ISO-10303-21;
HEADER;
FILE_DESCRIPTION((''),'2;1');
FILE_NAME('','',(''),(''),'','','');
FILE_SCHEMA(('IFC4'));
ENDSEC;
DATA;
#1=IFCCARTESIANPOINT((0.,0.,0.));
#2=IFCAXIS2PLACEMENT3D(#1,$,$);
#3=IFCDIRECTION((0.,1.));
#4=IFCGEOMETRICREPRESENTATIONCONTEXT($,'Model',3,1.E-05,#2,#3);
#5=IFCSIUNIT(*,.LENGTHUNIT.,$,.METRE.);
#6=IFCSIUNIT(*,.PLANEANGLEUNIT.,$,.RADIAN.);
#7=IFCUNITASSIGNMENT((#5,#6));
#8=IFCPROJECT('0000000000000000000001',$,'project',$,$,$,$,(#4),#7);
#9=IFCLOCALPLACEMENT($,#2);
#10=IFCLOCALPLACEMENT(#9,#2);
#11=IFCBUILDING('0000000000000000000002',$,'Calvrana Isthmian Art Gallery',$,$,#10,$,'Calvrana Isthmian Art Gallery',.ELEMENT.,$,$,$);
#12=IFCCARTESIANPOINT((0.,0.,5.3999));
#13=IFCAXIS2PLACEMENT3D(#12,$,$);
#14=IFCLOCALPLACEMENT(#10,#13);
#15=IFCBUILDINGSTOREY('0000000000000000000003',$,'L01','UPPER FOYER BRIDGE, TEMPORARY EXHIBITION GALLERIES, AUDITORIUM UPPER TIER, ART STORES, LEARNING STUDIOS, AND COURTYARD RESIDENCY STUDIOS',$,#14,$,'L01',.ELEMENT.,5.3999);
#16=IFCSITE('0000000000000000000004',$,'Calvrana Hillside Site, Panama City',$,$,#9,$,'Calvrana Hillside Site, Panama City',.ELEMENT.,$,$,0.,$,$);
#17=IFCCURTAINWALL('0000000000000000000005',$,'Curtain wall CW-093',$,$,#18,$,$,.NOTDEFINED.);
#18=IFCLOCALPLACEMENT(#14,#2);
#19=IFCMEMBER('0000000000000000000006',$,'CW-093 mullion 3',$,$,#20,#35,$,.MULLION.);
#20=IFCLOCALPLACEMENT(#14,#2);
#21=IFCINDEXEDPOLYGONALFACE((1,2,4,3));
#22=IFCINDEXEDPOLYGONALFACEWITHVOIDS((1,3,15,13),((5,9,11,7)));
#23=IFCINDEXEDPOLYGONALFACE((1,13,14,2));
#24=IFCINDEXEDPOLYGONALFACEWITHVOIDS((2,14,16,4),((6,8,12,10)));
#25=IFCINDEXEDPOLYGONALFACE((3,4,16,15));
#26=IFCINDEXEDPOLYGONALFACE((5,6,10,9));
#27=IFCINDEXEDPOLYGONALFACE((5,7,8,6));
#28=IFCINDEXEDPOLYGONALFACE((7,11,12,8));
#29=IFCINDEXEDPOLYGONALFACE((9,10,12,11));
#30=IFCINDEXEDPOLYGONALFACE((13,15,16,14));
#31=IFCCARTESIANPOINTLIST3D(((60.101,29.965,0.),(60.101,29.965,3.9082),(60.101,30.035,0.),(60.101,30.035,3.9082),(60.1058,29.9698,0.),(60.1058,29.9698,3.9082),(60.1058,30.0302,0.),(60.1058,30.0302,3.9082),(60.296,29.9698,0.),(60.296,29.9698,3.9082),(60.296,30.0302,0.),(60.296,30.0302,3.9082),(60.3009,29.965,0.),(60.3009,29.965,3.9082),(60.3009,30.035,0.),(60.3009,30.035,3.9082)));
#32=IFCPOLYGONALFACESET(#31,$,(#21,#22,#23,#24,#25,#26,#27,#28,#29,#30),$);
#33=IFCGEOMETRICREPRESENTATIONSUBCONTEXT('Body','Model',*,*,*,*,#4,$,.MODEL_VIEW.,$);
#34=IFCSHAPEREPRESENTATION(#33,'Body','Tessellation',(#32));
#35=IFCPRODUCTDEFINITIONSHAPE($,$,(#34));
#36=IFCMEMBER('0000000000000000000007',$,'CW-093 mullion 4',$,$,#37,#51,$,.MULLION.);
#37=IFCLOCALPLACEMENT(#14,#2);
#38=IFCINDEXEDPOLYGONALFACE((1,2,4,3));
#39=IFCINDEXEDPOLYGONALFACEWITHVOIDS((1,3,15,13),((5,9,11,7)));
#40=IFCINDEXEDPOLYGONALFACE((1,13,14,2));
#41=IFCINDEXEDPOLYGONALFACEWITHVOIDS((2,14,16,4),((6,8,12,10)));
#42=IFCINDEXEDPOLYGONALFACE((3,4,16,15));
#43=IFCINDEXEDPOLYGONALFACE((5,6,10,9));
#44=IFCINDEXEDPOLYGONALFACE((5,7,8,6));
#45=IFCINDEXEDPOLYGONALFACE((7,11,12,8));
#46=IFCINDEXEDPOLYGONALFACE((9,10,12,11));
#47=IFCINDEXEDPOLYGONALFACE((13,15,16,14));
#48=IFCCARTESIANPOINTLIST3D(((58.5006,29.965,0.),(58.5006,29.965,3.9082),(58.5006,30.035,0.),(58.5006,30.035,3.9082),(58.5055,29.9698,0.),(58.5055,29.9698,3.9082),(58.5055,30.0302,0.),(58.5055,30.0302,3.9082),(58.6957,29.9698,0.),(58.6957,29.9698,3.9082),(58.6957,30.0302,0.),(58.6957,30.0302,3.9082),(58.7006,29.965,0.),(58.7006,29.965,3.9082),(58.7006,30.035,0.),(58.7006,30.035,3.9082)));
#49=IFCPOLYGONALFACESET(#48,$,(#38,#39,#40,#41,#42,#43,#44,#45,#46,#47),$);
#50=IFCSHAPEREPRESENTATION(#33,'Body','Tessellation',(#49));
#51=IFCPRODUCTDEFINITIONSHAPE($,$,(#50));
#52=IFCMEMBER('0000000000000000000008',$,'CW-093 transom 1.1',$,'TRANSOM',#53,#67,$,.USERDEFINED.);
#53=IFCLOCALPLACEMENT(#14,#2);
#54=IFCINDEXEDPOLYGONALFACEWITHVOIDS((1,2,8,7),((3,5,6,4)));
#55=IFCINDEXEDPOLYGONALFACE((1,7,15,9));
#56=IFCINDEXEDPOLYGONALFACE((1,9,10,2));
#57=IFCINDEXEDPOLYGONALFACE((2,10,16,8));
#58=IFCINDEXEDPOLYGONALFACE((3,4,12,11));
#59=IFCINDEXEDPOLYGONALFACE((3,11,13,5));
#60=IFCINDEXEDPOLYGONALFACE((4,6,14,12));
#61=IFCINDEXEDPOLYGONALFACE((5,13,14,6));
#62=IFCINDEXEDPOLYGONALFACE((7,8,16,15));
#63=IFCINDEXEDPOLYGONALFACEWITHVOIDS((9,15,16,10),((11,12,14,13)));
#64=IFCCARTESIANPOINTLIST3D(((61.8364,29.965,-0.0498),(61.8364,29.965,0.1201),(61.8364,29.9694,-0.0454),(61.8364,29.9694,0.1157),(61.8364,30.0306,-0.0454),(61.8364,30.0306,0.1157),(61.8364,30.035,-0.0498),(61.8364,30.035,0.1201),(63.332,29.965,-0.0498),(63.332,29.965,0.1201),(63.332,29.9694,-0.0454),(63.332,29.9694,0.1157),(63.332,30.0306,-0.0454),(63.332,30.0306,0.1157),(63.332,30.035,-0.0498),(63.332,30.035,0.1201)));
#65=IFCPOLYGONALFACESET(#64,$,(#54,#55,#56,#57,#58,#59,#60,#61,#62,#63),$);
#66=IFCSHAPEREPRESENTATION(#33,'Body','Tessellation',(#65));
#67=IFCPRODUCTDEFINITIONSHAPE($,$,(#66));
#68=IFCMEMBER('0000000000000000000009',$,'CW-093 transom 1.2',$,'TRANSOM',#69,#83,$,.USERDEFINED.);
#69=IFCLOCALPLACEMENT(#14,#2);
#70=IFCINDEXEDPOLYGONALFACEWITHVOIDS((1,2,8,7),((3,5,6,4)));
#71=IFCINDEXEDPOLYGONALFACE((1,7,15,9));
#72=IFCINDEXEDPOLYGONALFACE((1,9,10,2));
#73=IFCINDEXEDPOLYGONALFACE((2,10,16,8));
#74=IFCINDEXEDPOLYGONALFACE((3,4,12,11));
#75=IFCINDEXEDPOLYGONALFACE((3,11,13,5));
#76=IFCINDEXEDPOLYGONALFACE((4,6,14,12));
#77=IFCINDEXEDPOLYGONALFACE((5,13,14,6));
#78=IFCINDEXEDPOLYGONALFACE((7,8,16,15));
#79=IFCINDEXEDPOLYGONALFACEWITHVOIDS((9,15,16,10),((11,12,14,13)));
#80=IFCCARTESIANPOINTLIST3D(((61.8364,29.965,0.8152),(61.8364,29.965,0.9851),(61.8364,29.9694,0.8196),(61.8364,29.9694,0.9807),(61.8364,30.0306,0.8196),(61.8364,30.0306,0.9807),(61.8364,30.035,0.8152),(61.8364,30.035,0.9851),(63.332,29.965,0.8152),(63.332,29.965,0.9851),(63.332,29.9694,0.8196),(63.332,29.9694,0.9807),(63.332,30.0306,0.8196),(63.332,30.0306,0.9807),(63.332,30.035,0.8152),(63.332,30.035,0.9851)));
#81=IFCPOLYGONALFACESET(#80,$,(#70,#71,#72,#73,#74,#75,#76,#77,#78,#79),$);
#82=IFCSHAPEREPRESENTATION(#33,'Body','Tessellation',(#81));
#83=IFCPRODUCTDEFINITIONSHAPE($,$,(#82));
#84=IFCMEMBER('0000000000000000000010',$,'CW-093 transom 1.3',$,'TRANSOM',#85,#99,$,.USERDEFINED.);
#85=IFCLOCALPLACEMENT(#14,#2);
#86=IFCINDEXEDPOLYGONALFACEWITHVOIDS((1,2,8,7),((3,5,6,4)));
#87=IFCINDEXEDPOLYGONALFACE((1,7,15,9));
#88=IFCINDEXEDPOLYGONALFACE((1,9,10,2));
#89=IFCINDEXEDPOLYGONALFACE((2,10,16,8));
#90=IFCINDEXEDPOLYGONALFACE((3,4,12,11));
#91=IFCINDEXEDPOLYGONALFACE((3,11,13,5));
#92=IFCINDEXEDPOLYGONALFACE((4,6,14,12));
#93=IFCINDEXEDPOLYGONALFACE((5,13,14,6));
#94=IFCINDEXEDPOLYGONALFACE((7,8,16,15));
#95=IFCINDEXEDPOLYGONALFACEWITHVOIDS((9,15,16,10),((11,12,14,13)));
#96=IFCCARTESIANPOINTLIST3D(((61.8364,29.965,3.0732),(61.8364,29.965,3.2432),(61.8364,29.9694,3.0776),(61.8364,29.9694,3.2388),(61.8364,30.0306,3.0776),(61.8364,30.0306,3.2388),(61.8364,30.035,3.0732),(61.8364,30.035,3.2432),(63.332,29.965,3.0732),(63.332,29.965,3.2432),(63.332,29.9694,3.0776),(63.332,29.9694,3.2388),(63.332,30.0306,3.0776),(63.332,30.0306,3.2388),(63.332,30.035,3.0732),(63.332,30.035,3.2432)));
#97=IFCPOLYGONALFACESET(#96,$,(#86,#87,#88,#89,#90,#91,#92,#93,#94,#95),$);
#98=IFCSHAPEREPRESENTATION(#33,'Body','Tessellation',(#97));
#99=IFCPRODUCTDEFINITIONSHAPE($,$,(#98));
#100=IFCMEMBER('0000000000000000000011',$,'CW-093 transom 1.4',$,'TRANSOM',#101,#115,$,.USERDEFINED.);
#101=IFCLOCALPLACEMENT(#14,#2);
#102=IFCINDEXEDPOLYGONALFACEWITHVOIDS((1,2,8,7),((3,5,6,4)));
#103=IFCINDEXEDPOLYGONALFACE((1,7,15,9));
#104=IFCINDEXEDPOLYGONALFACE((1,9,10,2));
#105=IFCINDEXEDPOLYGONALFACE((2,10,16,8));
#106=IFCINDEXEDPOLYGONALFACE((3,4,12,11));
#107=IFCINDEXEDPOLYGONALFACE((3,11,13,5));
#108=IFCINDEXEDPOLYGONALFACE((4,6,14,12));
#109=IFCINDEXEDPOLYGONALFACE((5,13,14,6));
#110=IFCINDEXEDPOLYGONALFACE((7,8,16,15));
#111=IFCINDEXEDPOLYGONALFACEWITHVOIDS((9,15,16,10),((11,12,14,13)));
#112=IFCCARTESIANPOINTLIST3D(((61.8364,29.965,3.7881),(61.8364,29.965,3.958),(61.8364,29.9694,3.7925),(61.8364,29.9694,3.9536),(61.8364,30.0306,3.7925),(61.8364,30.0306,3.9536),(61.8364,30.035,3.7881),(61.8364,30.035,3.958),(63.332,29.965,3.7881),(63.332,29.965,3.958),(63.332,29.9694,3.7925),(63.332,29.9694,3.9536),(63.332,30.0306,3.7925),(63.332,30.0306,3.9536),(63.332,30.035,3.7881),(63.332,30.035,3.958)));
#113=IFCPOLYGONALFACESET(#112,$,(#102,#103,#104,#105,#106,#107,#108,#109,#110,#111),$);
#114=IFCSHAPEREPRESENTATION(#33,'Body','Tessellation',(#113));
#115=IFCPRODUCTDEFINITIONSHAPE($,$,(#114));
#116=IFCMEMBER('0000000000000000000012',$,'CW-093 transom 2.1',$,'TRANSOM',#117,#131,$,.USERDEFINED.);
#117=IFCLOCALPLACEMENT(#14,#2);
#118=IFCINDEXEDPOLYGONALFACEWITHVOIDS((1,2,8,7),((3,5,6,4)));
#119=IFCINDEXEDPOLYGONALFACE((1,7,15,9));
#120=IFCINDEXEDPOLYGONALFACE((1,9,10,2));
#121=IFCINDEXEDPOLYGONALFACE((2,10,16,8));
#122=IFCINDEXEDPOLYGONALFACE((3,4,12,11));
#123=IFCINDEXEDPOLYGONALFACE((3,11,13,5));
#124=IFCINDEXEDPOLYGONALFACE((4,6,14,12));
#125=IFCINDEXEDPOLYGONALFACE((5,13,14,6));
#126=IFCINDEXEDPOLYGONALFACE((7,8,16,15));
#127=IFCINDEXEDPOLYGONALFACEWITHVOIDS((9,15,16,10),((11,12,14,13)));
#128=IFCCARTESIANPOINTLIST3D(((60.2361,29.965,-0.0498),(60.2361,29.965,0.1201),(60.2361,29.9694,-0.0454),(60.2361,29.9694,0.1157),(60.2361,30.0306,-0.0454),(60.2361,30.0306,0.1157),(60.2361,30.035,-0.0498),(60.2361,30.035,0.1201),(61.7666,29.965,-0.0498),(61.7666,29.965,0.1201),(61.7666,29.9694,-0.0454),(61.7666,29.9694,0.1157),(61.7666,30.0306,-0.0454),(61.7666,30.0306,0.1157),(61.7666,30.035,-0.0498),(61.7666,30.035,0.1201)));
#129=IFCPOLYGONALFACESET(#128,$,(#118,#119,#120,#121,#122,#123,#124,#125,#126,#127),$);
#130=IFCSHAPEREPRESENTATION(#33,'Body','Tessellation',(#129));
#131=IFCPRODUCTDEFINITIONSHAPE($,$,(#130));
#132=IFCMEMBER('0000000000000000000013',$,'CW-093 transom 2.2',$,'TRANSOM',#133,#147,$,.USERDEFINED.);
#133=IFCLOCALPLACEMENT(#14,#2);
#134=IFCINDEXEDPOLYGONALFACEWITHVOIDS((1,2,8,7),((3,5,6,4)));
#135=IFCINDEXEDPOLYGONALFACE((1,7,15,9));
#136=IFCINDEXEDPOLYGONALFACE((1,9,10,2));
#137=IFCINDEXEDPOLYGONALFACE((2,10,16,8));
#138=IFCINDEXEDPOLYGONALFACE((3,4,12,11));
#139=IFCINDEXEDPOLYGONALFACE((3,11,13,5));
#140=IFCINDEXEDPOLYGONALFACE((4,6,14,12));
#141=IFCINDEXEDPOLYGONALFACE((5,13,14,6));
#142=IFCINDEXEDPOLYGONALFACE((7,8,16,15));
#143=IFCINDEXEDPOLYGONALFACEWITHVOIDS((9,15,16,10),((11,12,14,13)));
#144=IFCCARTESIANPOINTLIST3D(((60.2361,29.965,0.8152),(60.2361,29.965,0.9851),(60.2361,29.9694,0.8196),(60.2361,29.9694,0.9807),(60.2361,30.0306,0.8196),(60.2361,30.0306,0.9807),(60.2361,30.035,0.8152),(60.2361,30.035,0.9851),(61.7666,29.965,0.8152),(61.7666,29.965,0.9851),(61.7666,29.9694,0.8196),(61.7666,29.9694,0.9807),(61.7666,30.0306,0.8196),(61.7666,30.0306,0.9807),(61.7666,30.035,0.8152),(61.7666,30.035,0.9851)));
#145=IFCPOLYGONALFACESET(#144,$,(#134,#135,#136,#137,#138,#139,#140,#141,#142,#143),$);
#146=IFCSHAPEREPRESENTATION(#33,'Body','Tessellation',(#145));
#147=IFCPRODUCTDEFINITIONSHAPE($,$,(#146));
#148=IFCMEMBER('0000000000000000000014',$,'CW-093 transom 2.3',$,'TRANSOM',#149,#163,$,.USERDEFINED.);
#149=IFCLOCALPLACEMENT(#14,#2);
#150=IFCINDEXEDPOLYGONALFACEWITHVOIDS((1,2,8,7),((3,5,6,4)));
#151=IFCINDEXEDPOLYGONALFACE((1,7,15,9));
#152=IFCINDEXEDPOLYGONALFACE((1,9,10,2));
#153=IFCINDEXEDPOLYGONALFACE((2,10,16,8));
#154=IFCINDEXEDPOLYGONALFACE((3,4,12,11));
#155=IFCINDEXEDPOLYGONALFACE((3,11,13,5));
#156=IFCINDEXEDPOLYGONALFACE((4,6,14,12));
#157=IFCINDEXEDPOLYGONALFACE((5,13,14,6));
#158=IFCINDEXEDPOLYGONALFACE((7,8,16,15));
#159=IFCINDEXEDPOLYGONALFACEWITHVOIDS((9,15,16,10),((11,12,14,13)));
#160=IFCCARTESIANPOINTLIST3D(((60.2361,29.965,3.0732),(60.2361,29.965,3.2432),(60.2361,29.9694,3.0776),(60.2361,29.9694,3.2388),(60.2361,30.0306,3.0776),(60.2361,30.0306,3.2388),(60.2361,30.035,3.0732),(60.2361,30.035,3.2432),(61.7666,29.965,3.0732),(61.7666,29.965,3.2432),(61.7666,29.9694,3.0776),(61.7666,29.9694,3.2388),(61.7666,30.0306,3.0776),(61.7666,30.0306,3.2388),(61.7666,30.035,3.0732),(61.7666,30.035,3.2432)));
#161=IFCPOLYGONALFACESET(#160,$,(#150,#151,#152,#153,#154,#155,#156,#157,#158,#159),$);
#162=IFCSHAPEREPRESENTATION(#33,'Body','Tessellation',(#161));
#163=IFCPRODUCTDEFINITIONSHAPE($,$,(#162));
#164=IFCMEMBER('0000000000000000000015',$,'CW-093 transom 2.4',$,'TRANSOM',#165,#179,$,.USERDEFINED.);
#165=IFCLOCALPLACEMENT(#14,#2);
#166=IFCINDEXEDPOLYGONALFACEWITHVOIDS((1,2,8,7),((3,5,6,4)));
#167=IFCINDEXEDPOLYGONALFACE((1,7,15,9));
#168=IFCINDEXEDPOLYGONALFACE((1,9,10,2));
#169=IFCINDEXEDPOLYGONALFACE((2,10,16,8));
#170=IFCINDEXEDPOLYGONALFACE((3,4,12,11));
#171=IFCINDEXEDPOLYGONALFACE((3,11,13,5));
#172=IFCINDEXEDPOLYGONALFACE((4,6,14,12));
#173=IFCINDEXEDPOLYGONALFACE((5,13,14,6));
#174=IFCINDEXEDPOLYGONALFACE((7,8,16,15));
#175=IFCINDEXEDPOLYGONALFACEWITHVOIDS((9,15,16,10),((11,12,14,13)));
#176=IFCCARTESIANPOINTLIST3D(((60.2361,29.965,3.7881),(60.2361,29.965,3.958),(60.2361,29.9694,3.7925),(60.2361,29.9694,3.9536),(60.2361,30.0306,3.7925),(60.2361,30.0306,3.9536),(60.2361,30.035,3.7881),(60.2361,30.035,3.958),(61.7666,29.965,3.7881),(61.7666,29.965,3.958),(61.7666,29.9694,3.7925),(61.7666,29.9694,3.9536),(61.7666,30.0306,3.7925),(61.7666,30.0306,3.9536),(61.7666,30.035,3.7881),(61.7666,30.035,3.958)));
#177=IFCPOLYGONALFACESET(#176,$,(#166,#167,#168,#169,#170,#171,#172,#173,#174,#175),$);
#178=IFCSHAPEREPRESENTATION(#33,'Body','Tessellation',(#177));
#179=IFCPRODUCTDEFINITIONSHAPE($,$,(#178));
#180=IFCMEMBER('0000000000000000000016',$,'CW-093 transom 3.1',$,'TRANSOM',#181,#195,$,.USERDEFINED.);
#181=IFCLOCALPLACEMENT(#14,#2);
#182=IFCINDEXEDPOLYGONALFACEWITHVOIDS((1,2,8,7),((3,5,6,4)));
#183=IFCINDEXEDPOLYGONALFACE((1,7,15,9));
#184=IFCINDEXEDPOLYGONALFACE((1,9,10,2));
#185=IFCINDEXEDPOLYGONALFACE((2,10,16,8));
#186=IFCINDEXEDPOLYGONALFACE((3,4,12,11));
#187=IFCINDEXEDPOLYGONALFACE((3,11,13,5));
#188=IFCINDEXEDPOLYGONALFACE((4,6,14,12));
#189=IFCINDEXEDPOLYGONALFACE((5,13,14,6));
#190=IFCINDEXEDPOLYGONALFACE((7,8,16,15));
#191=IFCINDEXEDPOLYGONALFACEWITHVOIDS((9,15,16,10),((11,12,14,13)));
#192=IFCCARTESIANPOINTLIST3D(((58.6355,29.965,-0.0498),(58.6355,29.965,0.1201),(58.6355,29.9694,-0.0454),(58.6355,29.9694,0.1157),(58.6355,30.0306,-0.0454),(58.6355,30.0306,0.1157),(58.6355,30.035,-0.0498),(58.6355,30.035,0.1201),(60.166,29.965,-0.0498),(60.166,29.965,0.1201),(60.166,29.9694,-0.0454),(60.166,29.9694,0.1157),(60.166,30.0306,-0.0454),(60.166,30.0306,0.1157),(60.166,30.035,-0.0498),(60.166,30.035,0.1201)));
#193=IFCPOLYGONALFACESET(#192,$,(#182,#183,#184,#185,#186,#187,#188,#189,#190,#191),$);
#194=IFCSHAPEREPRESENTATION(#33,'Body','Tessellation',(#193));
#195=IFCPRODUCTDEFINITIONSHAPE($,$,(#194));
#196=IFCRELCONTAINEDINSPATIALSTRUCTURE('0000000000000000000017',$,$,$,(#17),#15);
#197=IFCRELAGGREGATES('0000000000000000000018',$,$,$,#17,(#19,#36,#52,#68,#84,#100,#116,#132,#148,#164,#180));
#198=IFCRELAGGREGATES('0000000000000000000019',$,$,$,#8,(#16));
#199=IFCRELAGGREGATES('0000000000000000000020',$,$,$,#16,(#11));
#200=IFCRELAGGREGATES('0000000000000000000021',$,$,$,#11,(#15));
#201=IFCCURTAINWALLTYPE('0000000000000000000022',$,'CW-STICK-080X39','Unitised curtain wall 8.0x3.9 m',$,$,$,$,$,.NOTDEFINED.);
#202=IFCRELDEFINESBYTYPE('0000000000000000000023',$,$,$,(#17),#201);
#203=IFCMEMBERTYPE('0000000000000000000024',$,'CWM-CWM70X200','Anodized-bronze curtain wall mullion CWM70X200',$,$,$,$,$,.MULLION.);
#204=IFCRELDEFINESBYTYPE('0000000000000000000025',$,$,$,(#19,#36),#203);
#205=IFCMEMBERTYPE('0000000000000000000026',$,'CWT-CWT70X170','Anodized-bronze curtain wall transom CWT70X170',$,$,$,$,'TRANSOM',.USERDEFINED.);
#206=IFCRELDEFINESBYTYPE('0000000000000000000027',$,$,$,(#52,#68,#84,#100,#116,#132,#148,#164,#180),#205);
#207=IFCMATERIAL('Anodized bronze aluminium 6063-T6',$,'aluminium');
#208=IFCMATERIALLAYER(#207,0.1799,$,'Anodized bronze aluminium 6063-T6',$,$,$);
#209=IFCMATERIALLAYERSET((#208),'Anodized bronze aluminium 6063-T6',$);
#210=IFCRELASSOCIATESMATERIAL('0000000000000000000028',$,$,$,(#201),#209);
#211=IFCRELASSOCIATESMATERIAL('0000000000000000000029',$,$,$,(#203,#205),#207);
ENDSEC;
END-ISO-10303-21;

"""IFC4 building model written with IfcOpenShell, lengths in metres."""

from ifc_helpers import new_model, si_unit, direction, frame, origin, origin_2d, place, context, subcontext, project, spatial, hollow_rectangle, extrude, material, layer, layer_set, material_profile, profile_set, type_object, element, aggregate, save


model = new_model("IFC4")

# Units and contexts
model_context = context("Model", 3, precision=1e-05, world=origin(), true_north=direction((0.0, 1.0)))
body_context = subcontext(model_context, "Body", "Model", "MODEL_VIEW")
ifc_project = project(units=[si_unit("LENGTHUNIT", "METRE"), si_unit("PLANEANGLEUNIT", "RADIAN")], contexts=[model_context])

# Site, building, storey
site_placement = place(None, origin())
site = spatial("IfcSite", under=ifc_project, at=site_placement, Name="Calvrana Hillside Site, Panama City", LongName="Calvrana Hillside Site, Panama City", CompositionType="ELEMENT", RefElevation=0.0)
building_placement = place(site_placement, origin())
building = spatial("IfcBuilding", under=site, at=building_placement, Name="Calvrana Isthmian Art Gallery", LongName="Calvrana Isthmian Art Gallery", CompositionType="ELEMENT")
storey_placement = place(building_placement, frame((0.0, 0.0, 5.3999)))
storey = spatial("IfcBuildingStorey", under=building, at=storey_placement, Name="L01", Description="UPPER FOYER BRIDGE, TEMPORARY EXHIBITION GALLERIES, AUDITORIUM UPPER TIER, ART STORES, LEARNING STUDIOS, AND COURTYARD RESIDENCY STUDIOS", LongName="L01", CompositionType="ELEMENT", Elevation=5.3999)

# Curtain wall, members
ifc_material_1 = material(Name="Anodized bronze aluminium 6063-T6", Category="aluminium")
ifc_layer_1 = layer(ifc_material_1, 0.1799, Name="Anodized bronze aluminium 6063-T6")
ifc_layer_set_1 = layer_set([ifc_layer_1], Name="Anodized bronze aluminium 6063-T6")
curtain_wall_type = type_object("IfcCurtainWallType", Name="CW-STICK-080X39", Description="Unitised curtain wall 8.0x3.9 m", PredefinedType="NOTDEFINED", material=ifc_layer_set_1)
curtain_wall_placement = place(storey_placement, origin())
curtain_wall = element("IfcCurtainWall", 1, at=curtain_wall_placement, inside=storey, type_object=curtain_wall_type, Name="Curtain wall CW-093", PredefinedType="NOTDEFINED")
ifc_material_profile_1 = material_profile(ifc_material_1, hollow_rectangle(XDim=0.0701, YDim=0.2, WallThickness=0.0049, at=origin_2d()), Name="CWM70X200")
ifc_profile_set_1 = profile_set([ifc_material_profile_1], Name="Anodized bronze aluminium 6063-T6")
member_type_1 = type_object("IfcMemberType", Name="CWM-CWM70X200", Description="Anodized-bronze curtain wall mullion CWM70X200", PredefinedType="MULLION", material=ifc_profile_set_1)
member_1_placement = place(storey_placement, frame((60.2009, 30.0, 0.0), z_axis=(0.0, 0.0, 1.0), x_axis=(0.0, -1.0, 0.0)))
member_1 = element("IfcMember", 2, at=member_1_placement, type_object=member_type_1, Name="CW-093 mullion 3", PredefinedType="MULLION", context=body_context, shape_type="SweptSolid", body=[
    extrude(hollow_rectangle(XDim=0.0701, YDim=0.2, WallThickness=0.0049, at=origin_2d()), origin(), (0.0, 0.0, 1.0), 3.9082),
])
member_2_placement = place(storey_placement, frame((58.6006, 30.0, 0.0), z_axis=(0.0, 0.0, 1.0), x_axis=(0.0, -1.0, 0.0)))
member_2 = element("IfcMember", 3, at=member_2_placement, type_object=member_type_1, Name="CW-093 mullion 4", PredefinedType="MULLION", context=body_context, shape_type="SweptSolid", body=[
    extrude(hollow_rectangle(XDim=0.0701, YDim=0.2, WallThickness=0.0049, at=origin_2d()), origin(), (0.0, 0.0, 1.0), 3.9082),
])
ifc_material_profile_2 = material_profile(ifc_material_1, hollow_rectangle(XDim=0.0701, YDim=0.1699, WallThickness=0.0044, at=origin_2d()), Name="CWT70X170")
ifc_profile_set_2 = profile_set([ifc_material_profile_2], Name="Anodized bronze aluminium 6063-T6")
member_type_2 = type_object("IfcMemberType", Name="CWT-CWT70X170", Description="Anodized-bronze curtain wall transom CWT70X170", ElementType="TRANSOM", PredefinedType="USERDEFINED", material=ifc_profile_set_2)
member_3_placement = place(storey_placement, frame((63.332, 30.0, 0.0352), z_axis=(-1.0, 0.0, 0.0), x_axis=(0.0, -1.0, 0.0)))
member_3 = element("IfcMember", 4, at=member_3_placement, type_object=member_type_2, Name="CW-093 transom 1.1", ObjectType="TRANSOM", PredefinedType="USERDEFINED", context=body_context, shape_type="SweptSolid", body=[
    extrude(hollow_rectangle(XDim=0.0701, YDim=0.1699, WallThickness=0.0044, at=origin_2d()), origin(), (0.0, 0.0, 1.0), 1.4956),
])
member_4_placement = place(storey_placement, frame((63.332, 30.0, 0.9001), z_axis=(-1.0, 0.0, 0.0), x_axis=(0.0, -1.0, 0.0)))
member_4 = element("IfcMember", 5, at=member_4_placement, type_object=member_type_2, Name="CW-093 transom 1.2", ObjectType="TRANSOM", PredefinedType="USERDEFINED", context=body_context, shape_type="SweptSolid", body=[
    extrude(hollow_rectangle(XDim=0.0701, YDim=0.1699, WallThickness=0.0044, at=origin_2d()), origin(), (0.0, 0.0, 1.0), 1.4956),
])
member_5_placement = place(storey_placement, frame((63.332, 30.0, 3.1582), z_axis=(-1.0, 0.0, 0.0), x_axis=(0.0, -1.0, 0.0)))
member_5 = element("IfcMember", 6, at=member_5_placement, type_object=member_type_2, Name="CW-093 transom 1.3", ObjectType="TRANSOM", PredefinedType="USERDEFINED", context=body_context, shape_type="SweptSolid", body=[
    extrude(hollow_rectangle(XDim=0.0701, YDim=0.1699, WallThickness=0.0044, at=origin_2d()), origin(), (0.0, 0.0, 1.0), 1.4956),
])
member_6_placement = place(storey_placement, frame((63.332, 30.0, 3.873), z_axis=(-1.0, 0.0, 0.0), x_axis=(0.0, -1.0, 0.0)))
member_6 = element("IfcMember", 7, at=member_6_placement, type_object=member_type_2, Name="CW-093 transom 1.4", ObjectType="TRANSOM", PredefinedType="USERDEFINED", context=body_context, shape_type="SweptSolid", body=[
    extrude(hollow_rectangle(XDim=0.0701, YDim=0.1699, WallThickness=0.0044, at=origin_2d()), origin(), (0.0, 0.0, 1.0), 1.4956),
])
member_7_placement = place(storey_placement, frame((61.7666, 30.0, 0.0352), z_axis=(-1.0, 0.0, 0.0), x_axis=(0.0, -1.0, 0.0)))
member_7 = element("IfcMember", 8, at=member_7_placement, type_object=member_type_2, Name="CW-093 transom 2.1", ObjectType="TRANSOM", PredefinedType="USERDEFINED", context=body_context, shape_type="SweptSolid", body=[
    extrude(hollow_rectangle(XDim=0.0701, YDim=0.1699, WallThickness=0.0044, at=origin_2d()), origin(), (0.0, 0.0, 1.0), 1.5305),
])
member_8_placement = place(storey_placement, frame((61.7666, 30.0, 0.9001), z_axis=(-1.0, 0.0, 0.0), x_axis=(0.0, -1.0, 0.0)))
member_8 = element("IfcMember", 9, at=member_8_placement, type_object=member_type_2, Name="CW-093 transom 2.2", ObjectType="TRANSOM", PredefinedType="USERDEFINED", context=body_context, shape_type="SweptSolid", body=[
    extrude(hollow_rectangle(XDim=0.0701, YDim=0.1699, WallThickness=0.0044, at=origin_2d()), origin(), (0.0, 0.0, 1.0), 1.5305),
])
member_9_placement = place(storey_placement, frame((61.7666, 30.0, 3.1582), z_axis=(-1.0, 0.0, 0.0), x_axis=(0.0, -1.0, 0.0)))
member_9 = element("IfcMember", 10, at=member_9_placement, type_object=member_type_2, Name="CW-093 transom 2.3", ObjectType="TRANSOM", PredefinedType="USERDEFINED", context=body_context, shape_type="SweptSolid", body=[
    extrude(hollow_rectangle(XDim=0.0701, YDim=0.1699, WallThickness=0.0044, at=origin_2d()), origin(), (0.0, 0.0, 1.0), 1.5305),
])
member_10_placement = place(storey_placement, frame((61.7666, 30.0, 3.873), z_axis=(-1.0, 0.0, 0.0), x_axis=(0.0, -1.0, 0.0)))
member_10 = element("IfcMember", 11, at=member_10_placement, type_object=member_type_2, Name="CW-093 transom 2.4", ObjectType="TRANSOM", PredefinedType="USERDEFINED", context=body_context, shape_type="SweptSolid", body=[
    extrude(hollow_rectangle(XDim=0.0701, YDim=0.1699, WallThickness=0.0044, at=origin_2d()), origin(), (0.0, 0.0, 1.0), 1.5305),
])
member_11_placement = place(storey_placement, frame((60.166, 30.0, 0.0352), z_axis=(-1.0, 0.0, 0.0), x_axis=(0.0, -1.0, 0.0)))
member_11 = element("IfcMember", 12, at=member_11_placement, type_object=member_type_2, Name="CW-093 transom 3.1", ObjectType="TRANSOM", PredefinedType="USERDEFINED", context=body_context, shape_type="SweptSolid", body=[
    extrude(hollow_rectangle(XDim=0.0701, YDim=0.1699, WallThickness=0.0044, at=origin_2d()), origin(), (0.0, 0.0, 1.0), 1.5305),
])
aggregate(curtain_wall, [member_1, member_2, member_3, member_4, member_5, member_6, member_7, member_8, member_9, member_10, member_11])

save(model, "model.ifc")
